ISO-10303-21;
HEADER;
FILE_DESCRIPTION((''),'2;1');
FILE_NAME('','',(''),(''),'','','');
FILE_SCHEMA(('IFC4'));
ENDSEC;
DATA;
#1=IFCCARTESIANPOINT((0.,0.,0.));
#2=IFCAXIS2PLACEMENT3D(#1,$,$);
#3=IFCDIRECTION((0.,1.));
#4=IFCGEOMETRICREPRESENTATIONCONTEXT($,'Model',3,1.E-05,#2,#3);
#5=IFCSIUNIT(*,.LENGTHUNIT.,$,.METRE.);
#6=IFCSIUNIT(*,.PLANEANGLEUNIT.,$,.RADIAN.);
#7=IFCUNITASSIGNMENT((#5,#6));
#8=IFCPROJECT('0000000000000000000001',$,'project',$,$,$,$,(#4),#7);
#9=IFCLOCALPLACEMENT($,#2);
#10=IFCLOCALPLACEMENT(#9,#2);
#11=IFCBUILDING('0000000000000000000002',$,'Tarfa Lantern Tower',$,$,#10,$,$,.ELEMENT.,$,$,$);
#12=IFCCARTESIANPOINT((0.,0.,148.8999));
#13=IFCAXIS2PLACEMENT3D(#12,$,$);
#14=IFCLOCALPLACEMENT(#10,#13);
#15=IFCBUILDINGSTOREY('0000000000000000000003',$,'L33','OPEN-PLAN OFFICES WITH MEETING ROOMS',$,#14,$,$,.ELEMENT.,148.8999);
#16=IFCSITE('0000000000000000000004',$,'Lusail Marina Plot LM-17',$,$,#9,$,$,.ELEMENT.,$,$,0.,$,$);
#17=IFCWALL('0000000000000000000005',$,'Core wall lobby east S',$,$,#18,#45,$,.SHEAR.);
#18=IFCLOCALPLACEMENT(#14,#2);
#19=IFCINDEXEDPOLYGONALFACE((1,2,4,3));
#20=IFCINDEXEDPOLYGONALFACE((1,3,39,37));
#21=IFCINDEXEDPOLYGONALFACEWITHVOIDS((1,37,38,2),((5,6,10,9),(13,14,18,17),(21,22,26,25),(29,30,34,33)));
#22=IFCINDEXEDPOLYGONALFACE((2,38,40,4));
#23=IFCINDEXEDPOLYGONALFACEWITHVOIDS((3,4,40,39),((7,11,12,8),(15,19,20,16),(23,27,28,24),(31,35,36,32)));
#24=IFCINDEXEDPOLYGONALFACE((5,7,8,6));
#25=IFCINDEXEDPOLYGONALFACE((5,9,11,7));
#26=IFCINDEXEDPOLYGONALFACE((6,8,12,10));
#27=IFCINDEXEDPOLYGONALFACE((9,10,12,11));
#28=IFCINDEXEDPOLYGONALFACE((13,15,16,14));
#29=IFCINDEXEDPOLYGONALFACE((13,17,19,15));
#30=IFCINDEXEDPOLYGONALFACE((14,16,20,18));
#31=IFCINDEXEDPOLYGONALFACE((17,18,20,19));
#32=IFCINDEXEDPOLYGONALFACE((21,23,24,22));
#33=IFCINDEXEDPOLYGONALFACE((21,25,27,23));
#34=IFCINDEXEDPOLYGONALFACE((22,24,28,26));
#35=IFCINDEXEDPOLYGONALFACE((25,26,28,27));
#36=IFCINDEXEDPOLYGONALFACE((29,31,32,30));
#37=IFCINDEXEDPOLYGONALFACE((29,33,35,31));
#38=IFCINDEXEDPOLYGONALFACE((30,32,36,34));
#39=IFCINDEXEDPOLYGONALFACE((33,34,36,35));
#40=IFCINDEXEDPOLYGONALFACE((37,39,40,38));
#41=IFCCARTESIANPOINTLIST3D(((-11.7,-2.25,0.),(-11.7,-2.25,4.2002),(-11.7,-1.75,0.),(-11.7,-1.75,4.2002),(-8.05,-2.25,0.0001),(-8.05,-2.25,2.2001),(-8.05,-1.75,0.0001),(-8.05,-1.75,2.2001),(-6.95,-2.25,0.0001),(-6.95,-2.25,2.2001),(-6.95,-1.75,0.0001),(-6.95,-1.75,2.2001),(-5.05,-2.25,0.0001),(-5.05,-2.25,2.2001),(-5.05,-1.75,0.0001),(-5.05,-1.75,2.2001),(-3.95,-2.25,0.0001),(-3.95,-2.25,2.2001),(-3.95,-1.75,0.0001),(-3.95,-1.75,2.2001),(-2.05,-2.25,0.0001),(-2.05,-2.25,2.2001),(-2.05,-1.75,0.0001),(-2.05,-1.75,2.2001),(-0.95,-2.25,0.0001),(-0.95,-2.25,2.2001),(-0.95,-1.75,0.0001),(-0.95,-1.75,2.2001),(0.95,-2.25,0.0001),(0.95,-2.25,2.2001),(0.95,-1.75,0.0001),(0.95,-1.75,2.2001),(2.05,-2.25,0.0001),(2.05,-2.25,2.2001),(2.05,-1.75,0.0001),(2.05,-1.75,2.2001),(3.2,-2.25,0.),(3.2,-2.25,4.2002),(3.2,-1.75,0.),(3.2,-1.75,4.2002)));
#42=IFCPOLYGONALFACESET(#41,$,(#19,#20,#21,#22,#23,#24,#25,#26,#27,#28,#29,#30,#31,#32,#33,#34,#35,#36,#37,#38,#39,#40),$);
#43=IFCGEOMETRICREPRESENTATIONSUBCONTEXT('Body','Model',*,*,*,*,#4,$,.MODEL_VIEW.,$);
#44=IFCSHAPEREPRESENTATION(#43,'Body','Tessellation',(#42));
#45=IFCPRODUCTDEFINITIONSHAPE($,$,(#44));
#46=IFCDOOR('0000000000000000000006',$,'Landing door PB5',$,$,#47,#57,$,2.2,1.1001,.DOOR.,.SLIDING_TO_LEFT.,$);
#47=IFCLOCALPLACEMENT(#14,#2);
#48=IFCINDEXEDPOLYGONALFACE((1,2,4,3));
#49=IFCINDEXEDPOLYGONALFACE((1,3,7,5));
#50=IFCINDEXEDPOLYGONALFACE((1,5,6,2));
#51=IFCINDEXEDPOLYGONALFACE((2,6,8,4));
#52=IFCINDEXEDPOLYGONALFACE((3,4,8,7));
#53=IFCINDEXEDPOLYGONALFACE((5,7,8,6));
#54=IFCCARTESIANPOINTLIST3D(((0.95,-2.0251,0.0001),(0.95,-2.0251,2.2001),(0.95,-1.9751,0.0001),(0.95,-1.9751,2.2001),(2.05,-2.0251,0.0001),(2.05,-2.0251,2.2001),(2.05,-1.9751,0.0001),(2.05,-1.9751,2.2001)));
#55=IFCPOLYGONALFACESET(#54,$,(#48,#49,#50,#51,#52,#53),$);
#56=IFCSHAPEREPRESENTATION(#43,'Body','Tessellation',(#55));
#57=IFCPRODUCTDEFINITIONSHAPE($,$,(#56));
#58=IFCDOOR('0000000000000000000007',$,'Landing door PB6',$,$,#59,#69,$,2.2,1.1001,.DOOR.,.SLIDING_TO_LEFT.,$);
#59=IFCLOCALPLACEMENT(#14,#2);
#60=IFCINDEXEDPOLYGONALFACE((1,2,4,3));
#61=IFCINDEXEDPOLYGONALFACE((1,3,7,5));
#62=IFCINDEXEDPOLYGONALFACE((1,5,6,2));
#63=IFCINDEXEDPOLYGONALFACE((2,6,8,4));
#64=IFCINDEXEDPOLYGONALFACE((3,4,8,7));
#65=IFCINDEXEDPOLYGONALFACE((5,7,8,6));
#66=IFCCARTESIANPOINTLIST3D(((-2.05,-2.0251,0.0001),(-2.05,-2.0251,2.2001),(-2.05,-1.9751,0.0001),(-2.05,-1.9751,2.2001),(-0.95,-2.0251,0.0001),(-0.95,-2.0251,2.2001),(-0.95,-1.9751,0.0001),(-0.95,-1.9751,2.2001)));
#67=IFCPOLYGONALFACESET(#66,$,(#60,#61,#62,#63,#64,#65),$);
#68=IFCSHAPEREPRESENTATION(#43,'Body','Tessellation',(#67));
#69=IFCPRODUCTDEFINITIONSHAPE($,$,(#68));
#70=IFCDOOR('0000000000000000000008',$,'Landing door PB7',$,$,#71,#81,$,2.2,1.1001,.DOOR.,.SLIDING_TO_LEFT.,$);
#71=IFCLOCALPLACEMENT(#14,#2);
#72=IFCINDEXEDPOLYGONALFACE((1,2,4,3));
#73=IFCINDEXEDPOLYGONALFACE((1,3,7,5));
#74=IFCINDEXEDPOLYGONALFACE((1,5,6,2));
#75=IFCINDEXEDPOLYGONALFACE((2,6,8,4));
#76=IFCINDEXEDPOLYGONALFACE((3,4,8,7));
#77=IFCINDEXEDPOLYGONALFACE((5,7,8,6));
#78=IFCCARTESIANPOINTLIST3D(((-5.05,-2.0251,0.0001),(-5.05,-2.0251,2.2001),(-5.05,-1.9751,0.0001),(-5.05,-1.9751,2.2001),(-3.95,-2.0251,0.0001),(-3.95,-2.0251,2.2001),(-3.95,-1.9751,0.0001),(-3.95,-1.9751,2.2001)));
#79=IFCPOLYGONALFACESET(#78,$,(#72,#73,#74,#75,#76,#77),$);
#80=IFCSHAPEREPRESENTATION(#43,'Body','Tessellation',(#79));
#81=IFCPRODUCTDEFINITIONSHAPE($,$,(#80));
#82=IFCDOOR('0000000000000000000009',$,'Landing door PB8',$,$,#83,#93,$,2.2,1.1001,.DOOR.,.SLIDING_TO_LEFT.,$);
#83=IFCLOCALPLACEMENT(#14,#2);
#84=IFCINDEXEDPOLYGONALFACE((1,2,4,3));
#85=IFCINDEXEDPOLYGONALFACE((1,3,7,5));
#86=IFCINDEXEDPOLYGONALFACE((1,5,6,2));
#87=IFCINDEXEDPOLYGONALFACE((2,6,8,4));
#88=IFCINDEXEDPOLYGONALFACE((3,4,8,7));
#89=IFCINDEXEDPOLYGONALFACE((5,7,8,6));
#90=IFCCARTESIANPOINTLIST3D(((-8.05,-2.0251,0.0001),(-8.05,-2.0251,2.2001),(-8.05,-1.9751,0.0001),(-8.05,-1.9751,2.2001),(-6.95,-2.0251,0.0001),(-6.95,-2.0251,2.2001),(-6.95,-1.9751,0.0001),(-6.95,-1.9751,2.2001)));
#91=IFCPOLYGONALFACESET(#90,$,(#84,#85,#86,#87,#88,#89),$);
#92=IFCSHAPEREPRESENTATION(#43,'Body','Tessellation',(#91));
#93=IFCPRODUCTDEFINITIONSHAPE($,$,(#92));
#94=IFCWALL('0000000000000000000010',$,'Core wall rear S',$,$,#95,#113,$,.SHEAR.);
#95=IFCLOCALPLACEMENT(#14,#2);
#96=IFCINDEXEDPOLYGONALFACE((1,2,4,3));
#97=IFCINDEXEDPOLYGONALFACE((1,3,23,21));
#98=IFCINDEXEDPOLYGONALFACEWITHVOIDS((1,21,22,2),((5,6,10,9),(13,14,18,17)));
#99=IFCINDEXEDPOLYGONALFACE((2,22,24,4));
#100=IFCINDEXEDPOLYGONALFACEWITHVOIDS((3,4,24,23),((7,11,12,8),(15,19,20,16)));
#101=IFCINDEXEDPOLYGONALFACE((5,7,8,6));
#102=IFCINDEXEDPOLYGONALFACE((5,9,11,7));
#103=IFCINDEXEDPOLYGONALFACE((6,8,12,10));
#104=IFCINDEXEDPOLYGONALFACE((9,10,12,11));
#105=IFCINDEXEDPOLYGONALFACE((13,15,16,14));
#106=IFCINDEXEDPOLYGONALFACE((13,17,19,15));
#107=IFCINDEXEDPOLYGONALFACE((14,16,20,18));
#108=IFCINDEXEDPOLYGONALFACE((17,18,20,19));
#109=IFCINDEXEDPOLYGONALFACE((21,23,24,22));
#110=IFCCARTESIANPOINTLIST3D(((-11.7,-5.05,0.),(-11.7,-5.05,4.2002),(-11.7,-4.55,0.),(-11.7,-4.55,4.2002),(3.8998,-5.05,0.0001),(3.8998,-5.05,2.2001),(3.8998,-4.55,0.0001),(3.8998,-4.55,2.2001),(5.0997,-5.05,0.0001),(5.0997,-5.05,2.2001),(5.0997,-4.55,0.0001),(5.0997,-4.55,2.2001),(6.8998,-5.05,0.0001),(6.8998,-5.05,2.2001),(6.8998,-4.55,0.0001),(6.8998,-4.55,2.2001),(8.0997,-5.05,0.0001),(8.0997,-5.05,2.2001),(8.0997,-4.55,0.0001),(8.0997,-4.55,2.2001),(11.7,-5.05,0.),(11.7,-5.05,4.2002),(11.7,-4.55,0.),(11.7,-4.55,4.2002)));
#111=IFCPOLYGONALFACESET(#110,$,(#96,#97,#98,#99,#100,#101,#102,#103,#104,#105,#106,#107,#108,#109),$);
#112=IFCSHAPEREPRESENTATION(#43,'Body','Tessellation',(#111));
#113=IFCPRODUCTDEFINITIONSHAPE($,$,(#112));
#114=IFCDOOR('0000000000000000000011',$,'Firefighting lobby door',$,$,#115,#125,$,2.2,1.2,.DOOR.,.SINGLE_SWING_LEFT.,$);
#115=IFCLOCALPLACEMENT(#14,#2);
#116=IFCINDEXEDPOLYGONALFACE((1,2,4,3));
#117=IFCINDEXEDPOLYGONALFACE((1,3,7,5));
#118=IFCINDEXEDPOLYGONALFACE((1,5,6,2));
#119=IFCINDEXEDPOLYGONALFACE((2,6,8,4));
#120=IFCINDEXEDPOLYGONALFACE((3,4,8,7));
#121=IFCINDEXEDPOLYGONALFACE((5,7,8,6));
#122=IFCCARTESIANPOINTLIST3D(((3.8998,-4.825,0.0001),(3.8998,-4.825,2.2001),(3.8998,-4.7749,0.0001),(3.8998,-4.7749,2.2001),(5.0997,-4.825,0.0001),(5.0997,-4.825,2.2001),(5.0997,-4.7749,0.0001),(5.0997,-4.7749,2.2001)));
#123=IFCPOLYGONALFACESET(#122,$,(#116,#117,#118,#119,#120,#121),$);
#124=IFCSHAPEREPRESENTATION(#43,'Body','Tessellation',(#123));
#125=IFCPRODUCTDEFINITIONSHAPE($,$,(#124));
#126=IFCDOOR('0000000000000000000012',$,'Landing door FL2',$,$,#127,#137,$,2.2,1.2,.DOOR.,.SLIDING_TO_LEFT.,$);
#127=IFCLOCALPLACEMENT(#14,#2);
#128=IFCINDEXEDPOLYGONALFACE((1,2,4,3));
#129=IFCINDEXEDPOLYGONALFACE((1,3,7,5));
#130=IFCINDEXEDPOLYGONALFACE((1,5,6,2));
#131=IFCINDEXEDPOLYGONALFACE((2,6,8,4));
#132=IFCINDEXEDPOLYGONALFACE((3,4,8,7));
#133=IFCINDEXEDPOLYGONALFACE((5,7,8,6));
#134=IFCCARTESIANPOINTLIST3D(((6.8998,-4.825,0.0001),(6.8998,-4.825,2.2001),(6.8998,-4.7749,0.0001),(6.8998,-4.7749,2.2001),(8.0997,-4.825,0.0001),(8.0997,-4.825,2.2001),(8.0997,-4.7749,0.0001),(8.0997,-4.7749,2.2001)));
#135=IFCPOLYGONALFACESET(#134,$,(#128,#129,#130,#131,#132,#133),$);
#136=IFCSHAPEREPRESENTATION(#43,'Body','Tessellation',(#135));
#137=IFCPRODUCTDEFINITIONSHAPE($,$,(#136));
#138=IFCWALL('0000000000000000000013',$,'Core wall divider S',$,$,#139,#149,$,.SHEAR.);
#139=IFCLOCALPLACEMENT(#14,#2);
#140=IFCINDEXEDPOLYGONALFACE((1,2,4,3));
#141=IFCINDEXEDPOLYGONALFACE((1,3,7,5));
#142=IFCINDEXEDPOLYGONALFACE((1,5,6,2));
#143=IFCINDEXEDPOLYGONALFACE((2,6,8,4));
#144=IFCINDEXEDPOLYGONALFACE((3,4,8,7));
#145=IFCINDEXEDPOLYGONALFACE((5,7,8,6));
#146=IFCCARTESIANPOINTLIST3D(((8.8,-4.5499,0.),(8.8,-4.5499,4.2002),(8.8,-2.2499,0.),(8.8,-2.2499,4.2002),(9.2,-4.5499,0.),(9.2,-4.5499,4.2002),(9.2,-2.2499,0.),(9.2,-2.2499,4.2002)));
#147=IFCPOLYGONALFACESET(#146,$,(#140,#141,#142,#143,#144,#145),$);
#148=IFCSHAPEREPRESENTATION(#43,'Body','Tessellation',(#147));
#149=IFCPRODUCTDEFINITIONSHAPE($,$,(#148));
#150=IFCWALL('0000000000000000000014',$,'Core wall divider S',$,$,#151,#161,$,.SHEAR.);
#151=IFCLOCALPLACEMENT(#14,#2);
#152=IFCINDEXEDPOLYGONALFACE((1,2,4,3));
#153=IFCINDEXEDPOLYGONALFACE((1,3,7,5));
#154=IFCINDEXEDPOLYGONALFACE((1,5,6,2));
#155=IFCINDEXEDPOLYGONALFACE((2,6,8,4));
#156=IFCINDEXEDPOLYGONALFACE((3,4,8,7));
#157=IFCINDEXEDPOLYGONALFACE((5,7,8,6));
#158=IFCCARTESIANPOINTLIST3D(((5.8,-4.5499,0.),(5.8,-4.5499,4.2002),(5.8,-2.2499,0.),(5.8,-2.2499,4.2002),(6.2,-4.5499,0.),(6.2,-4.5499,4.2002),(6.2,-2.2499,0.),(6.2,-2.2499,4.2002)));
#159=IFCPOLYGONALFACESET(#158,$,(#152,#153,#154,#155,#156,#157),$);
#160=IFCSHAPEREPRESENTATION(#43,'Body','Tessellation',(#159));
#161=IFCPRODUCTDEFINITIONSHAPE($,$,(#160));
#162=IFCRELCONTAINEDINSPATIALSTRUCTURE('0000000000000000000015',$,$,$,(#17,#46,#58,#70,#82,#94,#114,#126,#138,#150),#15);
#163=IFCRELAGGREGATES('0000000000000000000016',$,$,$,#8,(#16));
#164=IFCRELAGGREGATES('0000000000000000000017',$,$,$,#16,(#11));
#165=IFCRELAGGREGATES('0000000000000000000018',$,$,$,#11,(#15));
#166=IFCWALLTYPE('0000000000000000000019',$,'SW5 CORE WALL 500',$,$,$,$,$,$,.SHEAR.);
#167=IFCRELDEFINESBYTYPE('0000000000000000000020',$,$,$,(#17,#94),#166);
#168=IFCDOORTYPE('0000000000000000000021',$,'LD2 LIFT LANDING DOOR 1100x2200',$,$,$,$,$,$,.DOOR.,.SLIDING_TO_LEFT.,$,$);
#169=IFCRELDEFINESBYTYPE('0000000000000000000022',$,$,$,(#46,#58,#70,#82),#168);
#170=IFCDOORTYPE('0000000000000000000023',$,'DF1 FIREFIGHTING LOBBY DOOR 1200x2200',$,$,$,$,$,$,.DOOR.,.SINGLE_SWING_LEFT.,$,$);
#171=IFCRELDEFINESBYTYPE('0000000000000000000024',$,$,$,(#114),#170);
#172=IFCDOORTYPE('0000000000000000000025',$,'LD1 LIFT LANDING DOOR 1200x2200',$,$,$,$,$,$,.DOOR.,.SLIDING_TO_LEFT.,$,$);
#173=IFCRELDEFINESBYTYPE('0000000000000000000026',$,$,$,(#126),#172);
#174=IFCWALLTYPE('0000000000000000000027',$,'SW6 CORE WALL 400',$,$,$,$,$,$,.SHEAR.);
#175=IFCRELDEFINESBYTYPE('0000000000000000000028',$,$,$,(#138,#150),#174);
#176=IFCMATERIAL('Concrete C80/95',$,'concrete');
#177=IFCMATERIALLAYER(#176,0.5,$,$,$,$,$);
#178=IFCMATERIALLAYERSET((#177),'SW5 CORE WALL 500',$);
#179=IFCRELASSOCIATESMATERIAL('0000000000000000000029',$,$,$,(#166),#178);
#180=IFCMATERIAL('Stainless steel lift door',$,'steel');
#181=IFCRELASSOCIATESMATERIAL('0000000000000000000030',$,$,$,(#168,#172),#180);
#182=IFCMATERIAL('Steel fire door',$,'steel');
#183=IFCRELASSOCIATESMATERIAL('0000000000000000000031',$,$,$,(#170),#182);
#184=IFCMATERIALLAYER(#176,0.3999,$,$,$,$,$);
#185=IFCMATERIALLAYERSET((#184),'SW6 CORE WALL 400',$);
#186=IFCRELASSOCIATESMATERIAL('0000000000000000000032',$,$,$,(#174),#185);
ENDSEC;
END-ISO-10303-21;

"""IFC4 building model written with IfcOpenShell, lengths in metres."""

from ifc_helpers import new_model, si_unit, direction, frame, frame_2d, origin, place, context, subcontext, project, spatial, rectangle, extrude, material, layer, layer_set, type_object, element, fill, save


model = new_model("IFC4")

# Units and contexts
model_context = context("Model", 3, precision=1e-05, world=origin(), true_north=direction((0.0, 1.0)))
body_context = subcontext(model_context, "Body", "Model", "MODEL_VIEW")
ifc_project = project(units=[si_unit("LENGTHUNIT", "METRE"), si_unit("PLANEANGLEUNIT", "RADIAN")], contexts=[model_context])

# Site, building, storey
site_placement = place(None, origin())
site = spatial("IfcSite", under=ifc_project, at=site_placement, Name="Lusail Marina Plot LM-17", CompositionType="ELEMENT", RefElevation=0.0)
building_placement = place(site_placement, origin())
building = spatial("IfcBuilding", under=site, at=building_placement, Name="Tarfa Lantern Tower", CompositionType="ELEMENT")
storey_placement = place(building_placement, frame((0.0, 0.0, 148.8999)))
storey = spatial("IfcBuildingStorey", under=building, at=storey_placement, Name="L33", Description="OPEN-PLAN OFFICES WITH MEETING ROOMS", CompositionType="ELEMENT", Elevation=148.8999)

# Shared definitions
ifc_material_1 = material(Name="Concrete C80/95", Category="concrete")

# Shared definitions
ifc_material_2 = material(Name="Steel fire door", Category="steel")

# Shared definitions
ifc_layer_1 = layer(ifc_material_1, 0.5)
ifc_layer_set_1 = layer_set([ifc_layer_1], Name="SW5 CORE WALL 500")
wall_type_1 = type_object("IfcWallType", Name="SW5 CORE WALL 500", PredefinedType="SHEAR", material=ifc_layer_set_1)

# Walls, openings, doors
wall_1_placement = place(storey_placement, frame((3.2, -2.0, 0.0), z_axis=(0.0, 0.0, 1.0), x_axis=(-1.0, 0.0, 0.0)))
wall_1 = element("IfcWall", 1, at=wall_1_placement, inside=storey, type_object=wall_type_1, Name="Core wall lobby east S", PredefinedType="SHEAR", context=body_context, shape_type="SweptSolid", body=[
    extrude(rectangle(XDim=14.8999, YDim=0.5, at=frame_2d((7.45, 0.0))), origin(), (0.0, 0.0, 1.0), 4.2002),
])
opening_1_placement = place(wall_1_placement, frame((1.1499, 0.0, 0.0)))
opening_1 = element("IfcOpeningElement", 2, at=opening_1_placement, cuts=wall_1, PredefinedType="OPENING", context=body_context, shape_type="SweptSolid", body=[
    extrude(rectangle(XDim=1.1001, YDim=2.2, at=frame_2d((0.55, 1.1001))), frame((0.0, 0.26, 0.0), z_axis=(0.0, -1.0, 0.0), x_axis=(1.0, 0.0, 0.0)), (0.0, 0.0, 1.0), 0.52),
])
opening_2_placement = place(wall_1_placement, frame((4.1499, 0.0, 0.0)))
opening_2 = element("IfcOpeningElement", 3, at=opening_2_placement, cuts=wall_1, PredefinedType="OPENING", context=body_context, shape_type="SweptSolid", body=[
    extrude(rectangle(XDim=1.1001, YDim=2.2, at=frame_2d((0.55, 1.1001))), frame((0.0, 0.26, 0.0), z_axis=(0.0, -1.0, 0.0), x_axis=(1.0, 0.0, 0.0)), (0.0, 0.0, 1.0), 0.52),
])
opening_3_placement = place(wall_1_placement, frame((7.1499, 0.0, 0.0)))
opening_3 = element("IfcOpeningElement", 4, at=opening_3_placement, cuts=wall_1, PredefinedType="OPENING", context=body_context, shape_type="SweptSolid", body=[
    extrude(rectangle(XDim=1.1001, YDim=2.2, at=frame_2d((0.55, 1.1001))), frame((0.0, 0.26, 0.0), z_axis=(0.0, -1.0, 0.0), x_axis=(1.0, 0.0, 0.0)), (0.0, 0.0, 1.0), 0.52),
])
opening_4_placement = place(wall_1_placement, frame((10.1499, 0.0, 0.0)))
opening_4 = element("IfcOpeningElement", 5, at=opening_4_placement, cuts=wall_1, PredefinedType="OPENING", context=body_context, shape_type="SweptSolid", body=[
    extrude(rectangle(XDim=1.1001, YDim=2.2, at=frame_2d((0.55, 1.1001))), frame((0.0, 0.26, 0.0), z_axis=(0.0, -1.0, 0.0), x_axis=(1.0, 0.0, 0.0)), (0.0, 0.0, 1.0), 0.52),
])
ifc_material_3 = material(Name="Stainless steel lift door", Category="steel")
door_type_1 = type_object("IfcDoorType", Name="LD2 LIFT LANDING DOOR 1100x2200", OperationType="SLIDING_TO_LEFT", PredefinedType="DOOR", material=ifc_material_3)
door_1_placement = place(opening_1_placement, frame((1.1001, 0.0, 0.0), z_axis=(0.0, 0.0, 1.0), x_axis=(-1.0, 0.0, 0.0)))
door_1 = element("IfcDoor", 6, at=door_1_placement, inside=storey, type_object=door_type_1, Name="Landing door PB5", OperationType="SLIDING_TO_LEFT", OverallHeight=2.2, OverallWidth=1.1001, PredefinedType="DOOR", context=body_context, shape_type="SweptSolid", body=[
    extrude(rectangle(XDim=1.1001, YDim=2.2, at=frame_2d((0.55, 1.1001))), frame((0.0, 0.0249, 0.0), z_axis=(0.0, -1.0, 0.0), x_axis=(1.0, 0.0, 0.0)), (0.0, 0.0, 1.0), 0.05),
])
fill(opening_1, door_1)
door_2_placement = place(opening_2_placement, frame((1.1001, 0.0, 0.0), z_axis=(0.0, 0.0, 1.0), x_axis=(-1.0, 0.0, 0.0)))
door_2 = element("IfcDoor", 7, at=door_2_placement, inside=storey, type_object=door_type_1, Name="Landing door PB6", OperationType="SLIDING_TO_LEFT", OverallHeight=2.2, OverallWidth=1.1001, PredefinedType="DOOR", context=body_context, shape_type="SweptSolid", body=[
    extrude(rectangle(XDim=1.1001, YDim=2.2, at=frame_2d((0.55, 1.1001))), frame((0.0, 0.0249, 0.0), z_axis=(0.0, -1.0, 0.0), x_axis=(1.0, 0.0, 0.0)), (0.0, 0.0, 1.0), 0.05),
])
fill(opening_2, door_2)
door_3_placement = place(opening_3_placement, frame((1.1001, 0.0, 0.0), z_axis=(0.0, 0.0, 1.0), x_axis=(-1.0, 0.0, 0.0)))
door_3 = element("IfcDoor", 8, at=door_3_placement, inside=storey, type_object=door_type_1, Name="Landing door PB7", OperationType="SLIDING_TO_LEFT", OverallHeight=2.2, OverallWidth=1.1001, PredefinedType="DOOR", context=body_context, shape_type="SweptSolid", body=[
    extrude(rectangle(XDim=1.1001, YDim=2.2, at=frame_2d((0.55, 1.1001))), frame((0.0, 0.0249, 0.0), z_axis=(0.0, -1.0, 0.0), x_axis=(1.0, 0.0, 0.0)), (0.0, 0.0, 1.0), 0.05),
])
fill(opening_3, door_3)
door_4_placement = place(opening_4_placement, frame((1.1001, 0.0, 0.0), z_axis=(0.0, 0.0, 1.0), x_axis=(-1.0, 0.0, 0.0)))
door_4 = element("IfcDoor", 9, at=door_4_placement, inside=storey, type_object=door_type_1, Name="Landing door PB8", OperationType="SLIDING_TO_LEFT", OverallHeight=2.2, OverallWidth=1.1001, PredefinedType="DOOR", context=body_context, shape_type="SweptSolid", body=[
    extrude(rectangle(XDim=1.1001, YDim=2.2, at=frame_2d((0.55, 1.1001))), frame((0.0, 0.0249, 0.0), z_axis=(0.0, -1.0, 0.0), x_axis=(1.0, 0.0, 0.0)), (0.0, 0.0, 1.0), 0.05),
])
fill(opening_4, door_4)
wall_2_placement = place(storey_placement, frame((11.7, -4.8, 0.0), z_axis=(0.0, 0.0, 1.0), x_axis=(-1.0, 0.0, 0.0)))
wall_2 = element("IfcWall", 10, at=wall_2_placement, inside=storey, type_object=wall_type_1, Name="Core wall rear S", PredefinedType="SHEAR", context=body_context, shape_type="SweptSolid", body=[
    extrude(rectangle(XDim=23.3999, YDim=0.5, at=frame_2d((11.7, 0.0))), origin(), (0.0, 0.0, 1.0), 4.2002),
])
opening_5_placement = place(wall_2_placement, frame((6.6001, 0.0, 0.0)))
opening_5 = element("IfcOpeningElement", 11, at=opening_5_placement, cuts=wall_2, PredefinedType="OPENING", context=body_context, shape_type="SweptSolid", body=[
    extrude(rectangle(XDim=1.2, YDim=2.2, at=frame_2d((0.6001, 1.1001))), frame((0.0, 0.26, 0.0), z_axis=(0.0, -1.0, 0.0), x_axis=(1.0, 0.0, 0.0)), (0.0, 0.0, 1.0), 0.52),
])
opening_6_placement = place(wall_2_placement, frame((3.6001, 0.0, 0.0)))
opening_6 = element("IfcOpeningElement", 12, at=opening_6_placement, cuts=wall_2, PredefinedType="OPENING", context=body_context, shape_type="SweptSolid", body=[
    extrude(rectangle(XDim=1.2, YDim=2.2, at=frame_2d((0.6001, 1.1001))), frame((0.0, 0.26, 0.0), z_axis=(0.0, -1.0, 0.0), x_axis=(1.0, 0.0, 0.0)), (0.0, 0.0, 1.0), 0.52),
])
door_type_2 = type_object("IfcDoorType", Name="DF1 FIREFIGHTING LOBBY DOOR 1200x2200", OperationType="SINGLE_SWING_LEFT", PredefinedType="DOOR", material=ifc_material_2)
door_5_placement = place(opening_5_placement, origin())
door_5 = element("IfcDoor", 13, at=door_5_placement, inside=storey, type_object=door_type_2, Name="Firefighting lobby door", OperationType="SINGLE_SWING_LEFT", OverallHeight=2.2, OverallWidth=1.2, PredefinedType="DOOR", context=body_context, shape_type="SweptSolid", body=[
    extrude(rectangle(XDim=1.2, YDim=2.2, at=frame_2d((0.6001, 1.1001))), frame((0.0, 0.0249, 0.0), z_axis=(0.0, -1.0, 0.0), x_axis=(1.0, 0.0, 0.0)), (0.0, 0.0, 1.0), 0.05),
])
fill(opening_5, door_5)
door_type_3 = type_object("IfcDoorType", Name="LD1 LIFT LANDING DOOR 1200x2200", OperationType="SLIDING_TO_LEFT", PredefinedType="DOOR", material=ifc_material_3)
door_6_placement = place(opening_6_placement, origin())
door_6 = element("IfcDoor", 14, at=door_6_placement, inside=storey, type_object=door_type_3, Name="Landing door FL2", OperationType="SLIDING_TO_LEFT", OverallHeight=2.2, OverallWidth=1.2, PredefinedType="DOOR", context=body_context, shape_type="SweptSolid", body=[
    extrude(rectangle(XDim=1.2, YDim=2.2, at=frame_2d((0.6001, 1.1001))), frame((0.0, 0.0249, 0.0), z_axis=(0.0, -1.0, 0.0), x_axis=(1.0, 0.0, 0.0)), (0.0, 0.0, 1.0), 0.05),
])
fill(opening_6, door_6)

# Walls
ifc_layer_2 = layer(ifc_material_1, 0.3999)
ifc_layer_set_2 = layer_set([ifc_layer_2], Name="SW6 CORE WALL 400")
wall_type_2 = type_object("IfcWallType", Name="SW6 CORE WALL 400", PredefinedType="SHEAR", material=ifc_layer_set_2)
for number, where, z_axis, x_axis, name in (
    (15, (9.0, -2.25, 0.0), (0.0, 0.0, 1.0), (0.0, -1.0, 0.0), "Core wall divider S"),
    (16, (6.0, -2.25, 0.0), (0.0, 0.0, 1.0), (0.0, -1.0, 0.0), "Core wall divider S"),
):
    element("IfcWall", number, at=place(storey_placement, frame(where, z_axis=z_axis, x_axis=x_axis)), inside=storey, type_object=wall_type_2, Name=name, PredefinedType="SHEAR", context=body_context, shape_type="SweptSolid", body=[
        extrude(rectangle(XDim=2.3, YDim=0.3999, at=frame_2d((1.1499, 0.0))), origin(), (0.0, 0.0, 1.0), 4.2002),
    ])

save(model, "model.ifc")
